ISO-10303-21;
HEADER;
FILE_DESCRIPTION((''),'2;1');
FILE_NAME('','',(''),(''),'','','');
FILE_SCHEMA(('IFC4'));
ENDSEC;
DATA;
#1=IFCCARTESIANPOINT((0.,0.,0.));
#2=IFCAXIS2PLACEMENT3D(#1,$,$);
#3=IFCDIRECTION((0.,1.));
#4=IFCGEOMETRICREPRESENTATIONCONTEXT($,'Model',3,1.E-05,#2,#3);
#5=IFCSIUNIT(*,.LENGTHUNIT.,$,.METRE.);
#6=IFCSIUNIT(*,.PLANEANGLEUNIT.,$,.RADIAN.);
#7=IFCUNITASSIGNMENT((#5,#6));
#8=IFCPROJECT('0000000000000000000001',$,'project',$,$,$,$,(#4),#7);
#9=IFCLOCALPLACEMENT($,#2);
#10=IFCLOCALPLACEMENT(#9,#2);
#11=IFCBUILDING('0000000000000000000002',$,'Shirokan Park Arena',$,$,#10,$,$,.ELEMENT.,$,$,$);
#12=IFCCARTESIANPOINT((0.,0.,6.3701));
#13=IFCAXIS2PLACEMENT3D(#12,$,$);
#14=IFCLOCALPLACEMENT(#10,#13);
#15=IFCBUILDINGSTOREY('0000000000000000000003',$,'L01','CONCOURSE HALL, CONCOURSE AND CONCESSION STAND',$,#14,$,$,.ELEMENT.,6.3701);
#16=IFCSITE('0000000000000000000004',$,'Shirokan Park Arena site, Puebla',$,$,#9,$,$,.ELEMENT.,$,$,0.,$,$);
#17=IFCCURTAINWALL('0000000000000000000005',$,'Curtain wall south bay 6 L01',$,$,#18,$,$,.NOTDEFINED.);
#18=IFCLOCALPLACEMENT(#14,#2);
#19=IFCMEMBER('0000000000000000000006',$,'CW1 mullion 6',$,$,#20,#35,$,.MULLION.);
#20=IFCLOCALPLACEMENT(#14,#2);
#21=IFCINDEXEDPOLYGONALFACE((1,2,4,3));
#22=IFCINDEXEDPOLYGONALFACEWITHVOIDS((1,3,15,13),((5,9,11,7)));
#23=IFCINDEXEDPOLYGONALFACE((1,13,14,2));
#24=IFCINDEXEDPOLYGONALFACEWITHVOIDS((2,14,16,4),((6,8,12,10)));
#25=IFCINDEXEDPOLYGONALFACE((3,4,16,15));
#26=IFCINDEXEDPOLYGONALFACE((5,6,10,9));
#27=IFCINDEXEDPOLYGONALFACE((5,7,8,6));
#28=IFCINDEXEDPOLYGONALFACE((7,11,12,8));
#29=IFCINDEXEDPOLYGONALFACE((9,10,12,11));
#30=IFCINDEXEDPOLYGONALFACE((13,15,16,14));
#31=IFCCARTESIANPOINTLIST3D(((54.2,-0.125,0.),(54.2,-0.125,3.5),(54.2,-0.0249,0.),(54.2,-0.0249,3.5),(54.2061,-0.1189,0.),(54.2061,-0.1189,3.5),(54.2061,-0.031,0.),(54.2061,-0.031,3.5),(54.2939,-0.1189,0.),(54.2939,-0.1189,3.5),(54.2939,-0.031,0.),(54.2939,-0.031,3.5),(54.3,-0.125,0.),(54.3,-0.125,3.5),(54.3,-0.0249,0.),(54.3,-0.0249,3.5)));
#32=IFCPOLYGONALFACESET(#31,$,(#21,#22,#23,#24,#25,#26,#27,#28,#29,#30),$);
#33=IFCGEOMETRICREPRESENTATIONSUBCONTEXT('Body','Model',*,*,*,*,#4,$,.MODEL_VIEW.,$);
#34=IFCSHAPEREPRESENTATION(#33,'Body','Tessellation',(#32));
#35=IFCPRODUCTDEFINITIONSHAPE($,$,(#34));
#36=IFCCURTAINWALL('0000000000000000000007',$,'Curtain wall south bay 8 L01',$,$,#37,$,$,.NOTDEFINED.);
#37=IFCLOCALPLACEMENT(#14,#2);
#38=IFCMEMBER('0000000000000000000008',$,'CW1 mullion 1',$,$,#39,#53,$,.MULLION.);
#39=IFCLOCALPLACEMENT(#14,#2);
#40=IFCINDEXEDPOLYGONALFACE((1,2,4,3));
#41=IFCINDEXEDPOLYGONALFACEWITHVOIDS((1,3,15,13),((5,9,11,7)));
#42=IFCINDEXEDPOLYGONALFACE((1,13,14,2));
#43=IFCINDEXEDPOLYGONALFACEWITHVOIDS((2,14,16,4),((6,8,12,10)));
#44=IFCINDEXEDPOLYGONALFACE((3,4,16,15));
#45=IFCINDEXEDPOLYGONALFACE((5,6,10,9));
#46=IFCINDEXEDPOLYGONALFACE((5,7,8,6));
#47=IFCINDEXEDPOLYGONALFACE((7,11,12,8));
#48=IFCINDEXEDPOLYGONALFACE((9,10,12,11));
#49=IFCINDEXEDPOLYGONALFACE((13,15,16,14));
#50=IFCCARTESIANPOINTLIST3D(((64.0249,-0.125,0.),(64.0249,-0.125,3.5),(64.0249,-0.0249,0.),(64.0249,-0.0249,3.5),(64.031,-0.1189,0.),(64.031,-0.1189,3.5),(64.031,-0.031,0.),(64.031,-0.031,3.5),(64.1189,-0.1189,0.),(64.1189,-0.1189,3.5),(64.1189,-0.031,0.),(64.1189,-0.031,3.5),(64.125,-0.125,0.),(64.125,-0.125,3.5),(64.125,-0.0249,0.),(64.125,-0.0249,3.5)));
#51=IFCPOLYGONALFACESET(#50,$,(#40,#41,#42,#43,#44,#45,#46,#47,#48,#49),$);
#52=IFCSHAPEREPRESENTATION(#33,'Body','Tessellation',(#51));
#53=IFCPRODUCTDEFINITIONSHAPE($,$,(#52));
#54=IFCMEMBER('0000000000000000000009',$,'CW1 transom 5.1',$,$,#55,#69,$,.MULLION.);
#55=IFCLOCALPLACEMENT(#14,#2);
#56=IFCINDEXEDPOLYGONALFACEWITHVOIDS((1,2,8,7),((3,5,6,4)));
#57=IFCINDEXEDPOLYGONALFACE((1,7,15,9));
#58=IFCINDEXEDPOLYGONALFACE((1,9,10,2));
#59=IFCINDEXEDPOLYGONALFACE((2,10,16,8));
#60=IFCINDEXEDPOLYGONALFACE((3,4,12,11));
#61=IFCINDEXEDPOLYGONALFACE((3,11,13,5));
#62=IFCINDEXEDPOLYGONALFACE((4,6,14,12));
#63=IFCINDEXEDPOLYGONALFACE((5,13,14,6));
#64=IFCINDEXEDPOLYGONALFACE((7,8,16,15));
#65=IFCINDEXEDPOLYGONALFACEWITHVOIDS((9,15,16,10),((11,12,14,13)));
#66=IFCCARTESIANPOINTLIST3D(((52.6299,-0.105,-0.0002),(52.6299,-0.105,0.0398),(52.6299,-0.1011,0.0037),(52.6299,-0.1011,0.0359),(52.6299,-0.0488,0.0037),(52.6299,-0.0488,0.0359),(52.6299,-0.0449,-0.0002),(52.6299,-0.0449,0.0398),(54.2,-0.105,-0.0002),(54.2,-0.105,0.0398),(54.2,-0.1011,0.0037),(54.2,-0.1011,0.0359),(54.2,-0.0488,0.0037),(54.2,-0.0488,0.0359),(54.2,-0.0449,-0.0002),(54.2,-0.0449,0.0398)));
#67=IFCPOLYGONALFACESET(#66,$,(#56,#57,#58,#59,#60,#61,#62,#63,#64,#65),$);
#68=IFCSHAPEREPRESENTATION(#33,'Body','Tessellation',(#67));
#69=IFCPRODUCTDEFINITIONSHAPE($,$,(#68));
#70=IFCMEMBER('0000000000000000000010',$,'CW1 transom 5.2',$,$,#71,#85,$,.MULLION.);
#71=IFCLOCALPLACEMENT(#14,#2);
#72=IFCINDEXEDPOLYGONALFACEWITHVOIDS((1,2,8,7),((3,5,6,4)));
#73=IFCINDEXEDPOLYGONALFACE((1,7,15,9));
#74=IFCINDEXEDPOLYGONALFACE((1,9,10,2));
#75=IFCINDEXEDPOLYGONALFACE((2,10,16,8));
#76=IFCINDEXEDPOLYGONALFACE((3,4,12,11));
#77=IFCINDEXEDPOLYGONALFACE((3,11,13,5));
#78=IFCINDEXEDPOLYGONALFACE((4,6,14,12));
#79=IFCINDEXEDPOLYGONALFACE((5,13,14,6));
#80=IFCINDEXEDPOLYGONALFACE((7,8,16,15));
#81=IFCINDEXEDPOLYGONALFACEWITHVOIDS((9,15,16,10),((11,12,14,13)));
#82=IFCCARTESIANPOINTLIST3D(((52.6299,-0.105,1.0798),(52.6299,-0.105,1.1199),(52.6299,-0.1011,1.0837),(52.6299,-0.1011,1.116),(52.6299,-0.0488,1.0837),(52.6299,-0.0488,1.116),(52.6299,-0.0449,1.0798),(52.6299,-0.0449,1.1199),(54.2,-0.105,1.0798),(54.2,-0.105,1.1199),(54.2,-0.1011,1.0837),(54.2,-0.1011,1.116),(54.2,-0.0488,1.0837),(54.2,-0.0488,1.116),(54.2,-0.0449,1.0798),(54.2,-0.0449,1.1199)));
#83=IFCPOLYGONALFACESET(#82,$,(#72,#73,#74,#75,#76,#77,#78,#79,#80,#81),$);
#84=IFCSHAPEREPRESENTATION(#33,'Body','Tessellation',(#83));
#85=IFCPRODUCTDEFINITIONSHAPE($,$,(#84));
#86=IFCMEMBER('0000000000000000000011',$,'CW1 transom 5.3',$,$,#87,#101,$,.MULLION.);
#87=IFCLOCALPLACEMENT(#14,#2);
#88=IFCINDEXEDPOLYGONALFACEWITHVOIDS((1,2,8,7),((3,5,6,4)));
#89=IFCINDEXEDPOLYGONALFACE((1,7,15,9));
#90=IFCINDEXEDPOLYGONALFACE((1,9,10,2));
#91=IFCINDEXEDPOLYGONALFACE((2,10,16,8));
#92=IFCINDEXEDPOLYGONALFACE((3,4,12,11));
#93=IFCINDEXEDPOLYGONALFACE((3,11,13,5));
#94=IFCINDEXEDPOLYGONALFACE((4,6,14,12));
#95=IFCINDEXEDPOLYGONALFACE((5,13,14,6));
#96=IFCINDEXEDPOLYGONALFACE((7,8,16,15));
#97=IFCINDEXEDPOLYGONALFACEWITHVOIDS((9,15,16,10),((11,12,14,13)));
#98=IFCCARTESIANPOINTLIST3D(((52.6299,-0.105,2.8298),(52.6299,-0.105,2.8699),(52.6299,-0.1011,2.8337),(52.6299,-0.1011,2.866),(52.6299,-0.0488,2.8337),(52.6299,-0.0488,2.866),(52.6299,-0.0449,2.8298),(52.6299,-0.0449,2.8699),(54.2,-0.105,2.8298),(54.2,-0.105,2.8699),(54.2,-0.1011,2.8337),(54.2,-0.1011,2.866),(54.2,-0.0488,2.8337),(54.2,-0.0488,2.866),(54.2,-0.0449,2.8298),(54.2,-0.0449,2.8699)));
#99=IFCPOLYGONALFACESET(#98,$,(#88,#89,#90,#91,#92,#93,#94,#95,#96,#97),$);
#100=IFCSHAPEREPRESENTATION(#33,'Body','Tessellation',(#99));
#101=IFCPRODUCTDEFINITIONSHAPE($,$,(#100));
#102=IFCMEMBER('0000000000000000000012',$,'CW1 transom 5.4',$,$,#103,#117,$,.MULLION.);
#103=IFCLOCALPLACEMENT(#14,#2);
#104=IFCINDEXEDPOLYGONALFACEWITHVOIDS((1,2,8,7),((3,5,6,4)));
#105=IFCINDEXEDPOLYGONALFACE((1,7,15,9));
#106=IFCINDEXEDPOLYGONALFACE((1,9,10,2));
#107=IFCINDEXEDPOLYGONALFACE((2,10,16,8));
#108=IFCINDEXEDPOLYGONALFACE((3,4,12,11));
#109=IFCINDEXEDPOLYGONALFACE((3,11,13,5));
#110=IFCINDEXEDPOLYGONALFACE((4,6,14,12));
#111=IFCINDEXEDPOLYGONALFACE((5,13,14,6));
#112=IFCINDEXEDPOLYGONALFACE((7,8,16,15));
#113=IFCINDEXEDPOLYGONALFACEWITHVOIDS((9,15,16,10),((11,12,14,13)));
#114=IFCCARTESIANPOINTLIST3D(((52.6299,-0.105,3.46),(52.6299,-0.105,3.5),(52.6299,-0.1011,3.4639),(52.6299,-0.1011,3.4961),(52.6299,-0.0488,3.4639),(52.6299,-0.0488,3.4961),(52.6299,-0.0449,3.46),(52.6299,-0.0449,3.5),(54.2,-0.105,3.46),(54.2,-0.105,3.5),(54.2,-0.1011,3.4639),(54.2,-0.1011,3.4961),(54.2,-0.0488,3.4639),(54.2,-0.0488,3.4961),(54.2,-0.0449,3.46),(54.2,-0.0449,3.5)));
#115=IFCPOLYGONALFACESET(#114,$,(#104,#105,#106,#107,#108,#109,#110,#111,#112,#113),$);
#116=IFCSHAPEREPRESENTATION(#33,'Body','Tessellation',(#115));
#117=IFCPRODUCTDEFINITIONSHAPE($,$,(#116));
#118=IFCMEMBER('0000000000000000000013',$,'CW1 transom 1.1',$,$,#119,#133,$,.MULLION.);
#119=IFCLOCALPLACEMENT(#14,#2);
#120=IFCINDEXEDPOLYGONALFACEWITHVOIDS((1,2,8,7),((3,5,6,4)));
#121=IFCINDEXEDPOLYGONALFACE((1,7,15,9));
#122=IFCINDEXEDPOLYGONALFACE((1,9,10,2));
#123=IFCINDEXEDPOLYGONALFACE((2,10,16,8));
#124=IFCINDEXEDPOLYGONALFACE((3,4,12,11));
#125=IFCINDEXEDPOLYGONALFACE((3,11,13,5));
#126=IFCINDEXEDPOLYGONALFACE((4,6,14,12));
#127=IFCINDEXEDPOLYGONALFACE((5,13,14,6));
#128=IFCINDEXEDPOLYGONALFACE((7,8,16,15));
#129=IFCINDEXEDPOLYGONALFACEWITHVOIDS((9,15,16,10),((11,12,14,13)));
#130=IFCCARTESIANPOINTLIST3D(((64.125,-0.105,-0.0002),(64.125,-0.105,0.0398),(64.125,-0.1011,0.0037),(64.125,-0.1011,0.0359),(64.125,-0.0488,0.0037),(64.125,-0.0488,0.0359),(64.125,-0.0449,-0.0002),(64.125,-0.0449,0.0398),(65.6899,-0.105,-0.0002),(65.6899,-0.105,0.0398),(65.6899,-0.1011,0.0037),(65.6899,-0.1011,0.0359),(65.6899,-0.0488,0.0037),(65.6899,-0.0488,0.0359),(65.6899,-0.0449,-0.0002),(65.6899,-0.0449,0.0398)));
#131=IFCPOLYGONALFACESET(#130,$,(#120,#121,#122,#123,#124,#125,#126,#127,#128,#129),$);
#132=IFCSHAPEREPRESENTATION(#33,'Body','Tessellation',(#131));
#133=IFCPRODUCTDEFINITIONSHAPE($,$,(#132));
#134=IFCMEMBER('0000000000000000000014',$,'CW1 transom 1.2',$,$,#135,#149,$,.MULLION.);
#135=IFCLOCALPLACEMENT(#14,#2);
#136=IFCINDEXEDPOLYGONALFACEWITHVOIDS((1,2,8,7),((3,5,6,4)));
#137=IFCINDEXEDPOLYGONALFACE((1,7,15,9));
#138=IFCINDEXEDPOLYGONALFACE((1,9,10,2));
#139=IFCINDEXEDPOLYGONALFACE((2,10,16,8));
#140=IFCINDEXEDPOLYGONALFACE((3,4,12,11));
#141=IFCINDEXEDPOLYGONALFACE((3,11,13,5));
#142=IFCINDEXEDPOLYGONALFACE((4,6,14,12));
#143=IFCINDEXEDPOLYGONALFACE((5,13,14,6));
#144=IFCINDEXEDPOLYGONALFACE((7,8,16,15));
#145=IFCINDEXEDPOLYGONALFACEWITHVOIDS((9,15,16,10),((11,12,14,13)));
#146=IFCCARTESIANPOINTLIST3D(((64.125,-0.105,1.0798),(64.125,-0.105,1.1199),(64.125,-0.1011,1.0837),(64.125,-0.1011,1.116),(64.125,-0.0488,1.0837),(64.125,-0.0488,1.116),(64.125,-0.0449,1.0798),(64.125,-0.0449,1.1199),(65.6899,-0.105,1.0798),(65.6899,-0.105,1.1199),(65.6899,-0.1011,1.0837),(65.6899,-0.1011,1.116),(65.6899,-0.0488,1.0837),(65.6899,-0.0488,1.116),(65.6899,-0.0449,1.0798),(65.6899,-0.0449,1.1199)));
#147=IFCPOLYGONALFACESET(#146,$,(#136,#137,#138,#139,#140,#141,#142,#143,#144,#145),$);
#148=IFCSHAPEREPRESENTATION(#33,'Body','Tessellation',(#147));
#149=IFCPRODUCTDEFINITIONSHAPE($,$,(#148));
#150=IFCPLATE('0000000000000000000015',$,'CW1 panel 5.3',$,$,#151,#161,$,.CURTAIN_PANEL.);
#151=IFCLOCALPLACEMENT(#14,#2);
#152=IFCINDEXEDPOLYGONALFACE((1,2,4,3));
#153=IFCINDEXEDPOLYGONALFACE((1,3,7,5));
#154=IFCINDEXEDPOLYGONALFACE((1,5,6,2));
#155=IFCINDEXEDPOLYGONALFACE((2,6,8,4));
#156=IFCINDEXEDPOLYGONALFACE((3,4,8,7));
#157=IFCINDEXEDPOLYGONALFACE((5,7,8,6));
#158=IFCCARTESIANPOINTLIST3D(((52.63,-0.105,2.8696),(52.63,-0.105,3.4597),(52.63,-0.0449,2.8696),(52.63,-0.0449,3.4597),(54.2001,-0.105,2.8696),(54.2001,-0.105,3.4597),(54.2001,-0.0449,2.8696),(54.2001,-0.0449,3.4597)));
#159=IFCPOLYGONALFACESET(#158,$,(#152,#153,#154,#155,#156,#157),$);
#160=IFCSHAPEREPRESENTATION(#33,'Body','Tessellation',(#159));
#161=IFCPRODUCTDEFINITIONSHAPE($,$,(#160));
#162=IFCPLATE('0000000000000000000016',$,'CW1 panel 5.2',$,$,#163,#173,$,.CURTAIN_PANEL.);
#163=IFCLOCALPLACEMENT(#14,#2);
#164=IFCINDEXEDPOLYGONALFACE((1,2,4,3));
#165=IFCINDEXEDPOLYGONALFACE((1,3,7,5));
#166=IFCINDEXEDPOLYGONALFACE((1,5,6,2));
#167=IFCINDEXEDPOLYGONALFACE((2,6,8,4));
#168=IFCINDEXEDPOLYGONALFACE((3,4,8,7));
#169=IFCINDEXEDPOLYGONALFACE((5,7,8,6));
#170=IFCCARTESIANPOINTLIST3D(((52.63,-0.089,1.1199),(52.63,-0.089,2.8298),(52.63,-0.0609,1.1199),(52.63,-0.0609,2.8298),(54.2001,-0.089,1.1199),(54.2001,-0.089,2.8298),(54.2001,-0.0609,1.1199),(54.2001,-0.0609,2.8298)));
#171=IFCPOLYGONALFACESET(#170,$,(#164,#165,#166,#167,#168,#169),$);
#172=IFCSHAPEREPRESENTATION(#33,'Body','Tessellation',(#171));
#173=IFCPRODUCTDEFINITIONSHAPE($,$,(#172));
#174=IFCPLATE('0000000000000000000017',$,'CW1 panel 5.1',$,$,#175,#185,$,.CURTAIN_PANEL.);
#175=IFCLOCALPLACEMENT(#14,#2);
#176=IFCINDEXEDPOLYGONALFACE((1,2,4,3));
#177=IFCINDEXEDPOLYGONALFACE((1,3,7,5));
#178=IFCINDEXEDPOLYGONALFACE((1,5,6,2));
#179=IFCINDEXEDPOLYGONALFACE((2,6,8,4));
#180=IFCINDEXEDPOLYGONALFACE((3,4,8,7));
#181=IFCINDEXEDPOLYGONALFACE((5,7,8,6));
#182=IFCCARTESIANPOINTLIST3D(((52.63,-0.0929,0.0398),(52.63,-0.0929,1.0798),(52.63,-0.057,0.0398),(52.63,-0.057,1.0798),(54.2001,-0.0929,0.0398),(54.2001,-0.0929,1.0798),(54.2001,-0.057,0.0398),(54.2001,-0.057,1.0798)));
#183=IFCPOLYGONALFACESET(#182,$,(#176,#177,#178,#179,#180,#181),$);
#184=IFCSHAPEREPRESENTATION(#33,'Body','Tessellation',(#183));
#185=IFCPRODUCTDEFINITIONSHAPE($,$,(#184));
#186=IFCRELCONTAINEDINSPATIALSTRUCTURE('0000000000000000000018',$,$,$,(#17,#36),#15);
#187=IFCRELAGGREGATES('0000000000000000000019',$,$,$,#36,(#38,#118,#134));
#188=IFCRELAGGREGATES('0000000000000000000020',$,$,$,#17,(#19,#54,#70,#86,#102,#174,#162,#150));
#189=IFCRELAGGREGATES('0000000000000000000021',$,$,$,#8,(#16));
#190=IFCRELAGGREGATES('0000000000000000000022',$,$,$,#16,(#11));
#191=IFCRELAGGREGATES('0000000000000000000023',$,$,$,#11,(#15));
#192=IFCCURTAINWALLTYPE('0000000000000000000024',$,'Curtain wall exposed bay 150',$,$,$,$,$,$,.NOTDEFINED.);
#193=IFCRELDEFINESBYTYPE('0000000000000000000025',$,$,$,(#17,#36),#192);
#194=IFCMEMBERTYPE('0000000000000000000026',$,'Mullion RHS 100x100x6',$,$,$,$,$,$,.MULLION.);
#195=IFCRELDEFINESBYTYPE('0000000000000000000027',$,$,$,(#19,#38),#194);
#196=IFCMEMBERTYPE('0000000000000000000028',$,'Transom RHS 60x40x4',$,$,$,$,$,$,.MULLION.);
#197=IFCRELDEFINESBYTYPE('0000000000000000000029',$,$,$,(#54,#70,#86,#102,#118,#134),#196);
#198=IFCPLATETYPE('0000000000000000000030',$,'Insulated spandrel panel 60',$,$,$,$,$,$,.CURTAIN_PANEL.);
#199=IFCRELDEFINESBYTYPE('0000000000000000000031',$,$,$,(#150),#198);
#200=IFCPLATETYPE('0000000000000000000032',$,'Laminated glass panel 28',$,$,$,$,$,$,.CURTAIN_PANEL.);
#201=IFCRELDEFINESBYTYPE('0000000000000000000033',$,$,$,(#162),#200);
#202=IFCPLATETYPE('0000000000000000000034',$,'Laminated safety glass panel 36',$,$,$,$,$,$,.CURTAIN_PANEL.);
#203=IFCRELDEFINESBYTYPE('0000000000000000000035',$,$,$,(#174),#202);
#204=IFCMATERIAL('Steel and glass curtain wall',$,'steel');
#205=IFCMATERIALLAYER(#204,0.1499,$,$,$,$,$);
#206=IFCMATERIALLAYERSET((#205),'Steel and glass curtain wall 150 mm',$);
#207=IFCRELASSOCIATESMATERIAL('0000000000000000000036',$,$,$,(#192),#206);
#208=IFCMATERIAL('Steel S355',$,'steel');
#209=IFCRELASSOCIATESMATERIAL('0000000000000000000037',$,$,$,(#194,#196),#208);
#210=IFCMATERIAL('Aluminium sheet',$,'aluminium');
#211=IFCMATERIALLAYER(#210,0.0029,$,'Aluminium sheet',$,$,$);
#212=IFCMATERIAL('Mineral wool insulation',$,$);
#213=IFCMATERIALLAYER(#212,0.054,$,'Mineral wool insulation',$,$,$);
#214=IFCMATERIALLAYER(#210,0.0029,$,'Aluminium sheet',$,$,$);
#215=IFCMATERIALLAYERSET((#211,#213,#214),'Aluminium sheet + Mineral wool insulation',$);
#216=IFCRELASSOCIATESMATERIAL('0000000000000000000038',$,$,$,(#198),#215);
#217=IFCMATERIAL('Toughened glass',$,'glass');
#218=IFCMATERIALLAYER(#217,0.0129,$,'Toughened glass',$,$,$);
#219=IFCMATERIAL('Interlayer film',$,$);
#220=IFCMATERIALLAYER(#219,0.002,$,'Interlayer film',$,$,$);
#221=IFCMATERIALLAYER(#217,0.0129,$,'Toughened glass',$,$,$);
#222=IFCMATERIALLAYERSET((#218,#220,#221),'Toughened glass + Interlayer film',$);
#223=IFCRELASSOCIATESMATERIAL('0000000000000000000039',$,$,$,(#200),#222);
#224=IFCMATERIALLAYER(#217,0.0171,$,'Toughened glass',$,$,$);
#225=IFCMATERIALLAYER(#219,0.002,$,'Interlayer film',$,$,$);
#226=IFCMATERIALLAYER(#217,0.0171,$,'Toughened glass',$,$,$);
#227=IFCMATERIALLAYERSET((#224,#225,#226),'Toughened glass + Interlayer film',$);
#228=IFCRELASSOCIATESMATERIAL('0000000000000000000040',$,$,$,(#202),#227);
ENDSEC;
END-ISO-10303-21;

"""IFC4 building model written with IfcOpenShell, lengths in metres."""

from ifc_helpers import new_model, si_unit, direction, frame, origin, origin_2d, place, context, subcontext, project, spatial, rectangle, hollow_rectangle, extrude, material, layer, layer_set, material_profile, profile_set, type_object, element, aggregate, save


model = new_model("IFC4")

# Units and contexts
model_context = context("Model", 3, precision=1e-05, world=origin(), true_north=direction((0.0, 1.0)))
body_context = subcontext(model_context, "Body", "Model", "MODEL_VIEW")
ifc_project = project(units=[si_unit("LENGTHUNIT", "METRE"), si_unit("PLANEANGLEUNIT", "RADIAN")], contexts=[model_context])

# Site, building, storey
site_placement = place(None, origin())
site = spatial("IfcSite", under=ifc_project, at=site_placement, Name="Shirokan Park Arena site, Puebla", CompositionType="ELEMENT", RefElevation=0.0)
building_placement = place(site_placement, origin())
building = spatial("IfcBuilding", under=site, at=building_placement, Name="Shirokan Park Arena", CompositionType="ELEMENT")
storey_placement = place(building_placement, frame((0.0, 0.0, 6.3701)))
storey = spatial("IfcBuildingStorey", under=building, at=storey_placement, Name="L01", Description="CONCOURSE HALL, CONCOURSE AND CONCESSION STAND", CompositionType="ELEMENT", Elevation=6.3701)

# Curtain walls, members
ifc_material_1 = material(Name="Steel and glass curtain wall", Category="steel")
ifc_layer_1 = layer(ifc_material_1, 0.1499)
ifc_layer_set_1 = layer_set([ifc_layer_1], Name="Steel and glass curtain wall 150 mm")
curtain_wall_type = type_object("IfcCurtainWallType", Name="Curtain wall exposed bay 150", PredefinedType="NOTDEFINED", material=ifc_layer_set_1)
curtain_wall_1_placement = place(storey_placement, origin())
curtain_wall_1 = element("IfcCurtainWall", 1, at=curtain_wall_1_placement, inside=storey, type_object=curtain_wall_type, Name="Curtain wall south bay 6 L01", PredefinedType="NOTDEFINED")
ifc_material_2 = material(Name="Steel S355", Category="steel")
ifc_material_profile_1 = material_profile(ifc_material_2, hollow_rectangle(XDim=0.1001, YDim=0.1001, WallThickness=0.0061, at=origin_2d()), Name="RHS 100x100x6")
ifc_profile_set_1 = profile_set([ifc_material_profile_1], Name="Steel S355")
member_type_1 = type_object("IfcMemberType", Name="Mullion RHS 100x100x6", PredefinedType="MULLION", material=ifc_profile_set_1)
member_1_placement = place(storey_placement, frame((54.25, -0.075, 0.0), z_axis=(0.0, 0.0, 1.0), x_axis=(0.0, 1.0, 0.0)))
member_1 = element("IfcMember", 2, at=member_1_placement, type_object=member_type_1, Name="CW1 mullion 6", PredefinedType="MULLION", context=body_context, shape_type="SweptSolid", body=[
    extrude(hollow_rectangle(XDim=0.1001, YDim=0.1001, WallThickness=0.0061, at=origin_2d()), origin(), (0.0, 0.0, 1.0), 3.5),
])
curtain_wall_2_placement = place(storey_placement, origin())
curtain_wall_2 = element("IfcCurtainWall", 3, at=curtain_wall_2_placement, inside=storey, type_object=curtain_wall_type, Name="Curtain wall south bay 8 L01", PredefinedType="NOTDEFINED")
member_2_placement = place(storey_placement, frame((64.075, -0.075, 0.0), z_axis=(0.0, 0.0, 1.0), x_axis=(0.0, 1.0, 0.0)))
member_2 = element("IfcMember", 4, at=member_2_placement, type_object=member_type_1, Name="CW1 mullion 1", PredefinedType="MULLION", context=body_context, shape_type="SweptSolid", body=[
    extrude(hollow_rectangle(XDim=0.1001, YDim=0.1001, WallThickness=0.0061, at=origin_2d()), origin(), (0.0, 0.0, 1.0), 3.5),
])

# Members
ifc_material_profile_2 = material_profile(ifc_material_2, hollow_rectangle(XDim=0.0601, YDim=0.04, WallThickness=0.0039, at=origin_2d()), Name="RHS 60x40x4")
ifc_profile_set_2 = profile_set([ifc_material_profile_2], Name="Steel S355")
member_type_2 = type_object("IfcMemberType", Name="Transom RHS 60x40x4", PredefinedType="MULLION", material=ifc_profile_set_2)
member_3_placement = place(storey_placement, frame((52.6299, -0.075, 0.0198), z_axis=(1.0, 0.0, 0.0), x_axis=(0.0, 1.0, 0.0)))
member_3 = element("IfcMember", 5, at=member_3_placement, type_object=member_type_2, Name="CW1 transom 5.1", PredefinedType="MULLION", context=body_context, shape_type="SweptSolid", body=[
    extrude(hollow_rectangle(XDim=0.0601, YDim=0.04, WallThickness=0.0039, at=origin_2d()), origin(), (0.0, 0.0, 1.0), 1.5701),
])
member_4_placement = place(storey_placement, frame((52.6299, -0.075, 1.0999), z_axis=(1.0, 0.0, 0.0), x_axis=(0.0, 1.0, 0.0)))
member_4 = element("IfcMember", 6, at=member_4_placement, type_object=member_type_2, Name="CW1 transom 5.2", PredefinedType="MULLION", context=body_context, shape_type="SweptSolid", body=[
    extrude(hollow_rectangle(XDim=0.0601, YDim=0.04, WallThickness=0.0039, at=origin_2d()), origin(), (0.0, 0.0, 1.0), 1.5701),
])
member_5_placement = place(storey_placement, frame((52.6299, -0.075, 2.8499), z_axis=(1.0, 0.0, 0.0), x_axis=(0.0, 1.0, 0.0)))
member_5 = element("IfcMember", 7, at=member_5_placement, type_object=member_type_2, Name="CW1 transom 5.3", PredefinedType="MULLION", context=body_context, shape_type="SweptSolid", body=[
    extrude(hollow_rectangle(XDim=0.0601, YDim=0.04, WallThickness=0.0039, at=origin_2d()), origin(), (0.0, 0.0, 1.0), 1.5701),
])
member_6_placement = place(storey_placement, frame((52.6299, -0.075, 3.48), z_axis=(1.0, 0.0, 0.0), x_axis=(0.0, 1.0, 0.0)))
member_6 = element("IfcMember", 8, at=member_6_placement, type_object=member_type_2, Name="CW1 transom 5.4", PredefinedType="MULLION", context=body_context, shape_type="SweptSolid", body=[
    extrude(hollow_rectangle(XDim=0.0601, YDim=0.04, WallThickness=0.0039, at=origin_2d()), origin(), (0.0, 0.0, 1.0), 1.5701),
])
member_7_placement = place(storey_placement, frame((64.125, -0.075, 0.0198), z_axis=(1.0, 0.0, 0.0), x_axis=(0.0, 1.0, 0.0)))
member_7 = element("IfcMember", 9, at=member_7_placement, type_object=member_type_2, Name="CW1 transom 1.1", PredefinedType="MULLION", context=body_context, shape_type="SweptSolid", body=[
    extrude(hollow_rectangle(XDim=0.0601, YDim=0.04, WallThickness=0.0039, at=origin_2d()), origin(), (0.0, 0.0, 1.0), 1.5649),
])
member_8_placement = place(storey_placement, frame((64.125, -0.075, 1.0999), z_axis=(1.0, 0.0, 0.0), x_axis=(0.0, 1.0, 0.0)))
member_8 = element("IfcMember", 10, at=member_8_placement, type_object=member_type_2, Name="CW1 transom 1.2", PredefinedType="MULLION", context=body_context, shape_type="SweptSolid", body=[
    extrude(hollow_rectangle(XDim=0.0601, YDim=0.04, WallThickness=0.0039, at=origin_2d()), origin(), (0.0, 0.0, 1.0), 1.5649),
])
aggregate(curtain_wall_2, [member_2, member_7, member_8])

# Plates
ifc_material_3 = material(Name="Aluminium sheet", Category="aluminium")
ifc_layer_2 = layer(ifc_material_3, 0.0029, Name="Aluminium sheet")
ifc_material_4 = material(Name="Mineral wool insulation")
ifc_layer_3 = layer(ifc_material_4, 0.054, Name="Mineral wool insulation")
ifc_layer_4 = layer(ifc_material_3, 0.0029, Name="Aluminium sheet")
ifc_layer_set_2 = layer_set([ifc_layer_2, ifc_layer_3, ifc_layer_4], Name="Aluminium sheet + Mineral wool insulation")
plate_type_1 = type_object("IfcPlateType", Name="Insulated spandrel panel 60", PredefinedType="CURTAIN_PANEL", material=ifc_layer_set_2)
plate_1_placement = place(storey_placement, frame((53.415, -0.075, 2.8696), z_axis=(0.0, 0.0, 1.0), x_axis=(1.0, 0.0, 0.0)))
plate_1 = element("IfcPlate", 11, at=plate_1_placement, type_object=plate_type_1, Name="CW1 panel 5.3", PredefinedType="CURTAIN_PANEL", context=body_context, shape_type="SweptSolid", body=[
    extrude(rectangle(XDim=1.5701, YDim=0.0601, at=origin_2d()), origin(), (0.0, 0.0, 1.0), 0.5901),
])
ifc_material_5 = material(Name="Toughened glass", Category="glass")
ifc_layer_5 = layer(ifc_material_5, 0.0129, Name="Toughened glass")
ifc_material_6 = material(Name="Interlayer film")
ifc_layer_6 = layer(ifc_material_6, 0.002, Name="Interlayer film")
ifc_layer_7 = layer(ifc_material_5, 0.0129, Name="Toughened glass")
ifc_layer_set_3 = layer_set([ifc_layer_5, ifc_layer_6, ifc_layer_7], Name="Toughened glass + Interlayer film")
plate_type_2 = type_object("IfcPlateType", Name="Laminated glass panel 28", PredefinedType="CURTAIN_PANEL", material=ifc_layer_set_3)
plate_2_placement = place(storey_placement, frame((53.415, -0.075, 1.1199), z_axis=(0.0, 0.0, 1.0), x_axis=(1.0, 0.0, 0.0)))
plate_2 = element("IfcPlate", 12, at=plate_2_placement, type_object=plate_type_2, Name="CW1 panel 5.2", PredefinedType="CURTAIN_PANEL", context=body_context, shape_type="SweptSolid", body=[
    extrude(rectangle(XDim=1.5701, YDim=0.0281, at=origin_2d()), origin(), (0.0, 0.0, 1.0), 1.71),
])
ifc_layer_8 = layer(ifc_material_5, 0.0171, Name="Toughened glass")
ifc_layer_9 = layer(ifc_material_6, 0.002, Name="Interlayer film")
ifc_layer_10 = layer(ifc_material_5, 0.0171, Name="Toughened glass")
ifc_layer_set_4 = layer_set([ifc_layer_8, ifc_layer_9, ifc_layer_10], Name="Toughened glass + Interlayer film")
plate_type_3 = type_object("IfcPlateType", Name="Laminated safety glass panel 36", PredefinedType="CURTAIN_PANEL", material=ifc_layer_set_4)
plate_3_placement = place(storey_placement, frame((53.415, -0.075, 0.0398), z_axis=(0.0, 0.0, 1.0), x_axis=(1.0, 0.0, 0.0)))
plate_3 = element("IfcPlate", 13, at=plate_3_placement, type_object=plate_type_3, Name="CW1 panel 5.1", PredefinedType="CURTAIN_PANEL", context=body_context, shape_type="SweptSolid", body=[
    extrude(rectangle(XDim=1.5701, YDim=0.0359, at=origin_2d()), origin(), (0.0, 0.0, 1.0), 1.04),
])
aggregate(curtain_wall_1, [member_1, member_3, member_4, member_5, member_6, plate_3, plate_2, plate_1])

save(model, "model.ifc")
